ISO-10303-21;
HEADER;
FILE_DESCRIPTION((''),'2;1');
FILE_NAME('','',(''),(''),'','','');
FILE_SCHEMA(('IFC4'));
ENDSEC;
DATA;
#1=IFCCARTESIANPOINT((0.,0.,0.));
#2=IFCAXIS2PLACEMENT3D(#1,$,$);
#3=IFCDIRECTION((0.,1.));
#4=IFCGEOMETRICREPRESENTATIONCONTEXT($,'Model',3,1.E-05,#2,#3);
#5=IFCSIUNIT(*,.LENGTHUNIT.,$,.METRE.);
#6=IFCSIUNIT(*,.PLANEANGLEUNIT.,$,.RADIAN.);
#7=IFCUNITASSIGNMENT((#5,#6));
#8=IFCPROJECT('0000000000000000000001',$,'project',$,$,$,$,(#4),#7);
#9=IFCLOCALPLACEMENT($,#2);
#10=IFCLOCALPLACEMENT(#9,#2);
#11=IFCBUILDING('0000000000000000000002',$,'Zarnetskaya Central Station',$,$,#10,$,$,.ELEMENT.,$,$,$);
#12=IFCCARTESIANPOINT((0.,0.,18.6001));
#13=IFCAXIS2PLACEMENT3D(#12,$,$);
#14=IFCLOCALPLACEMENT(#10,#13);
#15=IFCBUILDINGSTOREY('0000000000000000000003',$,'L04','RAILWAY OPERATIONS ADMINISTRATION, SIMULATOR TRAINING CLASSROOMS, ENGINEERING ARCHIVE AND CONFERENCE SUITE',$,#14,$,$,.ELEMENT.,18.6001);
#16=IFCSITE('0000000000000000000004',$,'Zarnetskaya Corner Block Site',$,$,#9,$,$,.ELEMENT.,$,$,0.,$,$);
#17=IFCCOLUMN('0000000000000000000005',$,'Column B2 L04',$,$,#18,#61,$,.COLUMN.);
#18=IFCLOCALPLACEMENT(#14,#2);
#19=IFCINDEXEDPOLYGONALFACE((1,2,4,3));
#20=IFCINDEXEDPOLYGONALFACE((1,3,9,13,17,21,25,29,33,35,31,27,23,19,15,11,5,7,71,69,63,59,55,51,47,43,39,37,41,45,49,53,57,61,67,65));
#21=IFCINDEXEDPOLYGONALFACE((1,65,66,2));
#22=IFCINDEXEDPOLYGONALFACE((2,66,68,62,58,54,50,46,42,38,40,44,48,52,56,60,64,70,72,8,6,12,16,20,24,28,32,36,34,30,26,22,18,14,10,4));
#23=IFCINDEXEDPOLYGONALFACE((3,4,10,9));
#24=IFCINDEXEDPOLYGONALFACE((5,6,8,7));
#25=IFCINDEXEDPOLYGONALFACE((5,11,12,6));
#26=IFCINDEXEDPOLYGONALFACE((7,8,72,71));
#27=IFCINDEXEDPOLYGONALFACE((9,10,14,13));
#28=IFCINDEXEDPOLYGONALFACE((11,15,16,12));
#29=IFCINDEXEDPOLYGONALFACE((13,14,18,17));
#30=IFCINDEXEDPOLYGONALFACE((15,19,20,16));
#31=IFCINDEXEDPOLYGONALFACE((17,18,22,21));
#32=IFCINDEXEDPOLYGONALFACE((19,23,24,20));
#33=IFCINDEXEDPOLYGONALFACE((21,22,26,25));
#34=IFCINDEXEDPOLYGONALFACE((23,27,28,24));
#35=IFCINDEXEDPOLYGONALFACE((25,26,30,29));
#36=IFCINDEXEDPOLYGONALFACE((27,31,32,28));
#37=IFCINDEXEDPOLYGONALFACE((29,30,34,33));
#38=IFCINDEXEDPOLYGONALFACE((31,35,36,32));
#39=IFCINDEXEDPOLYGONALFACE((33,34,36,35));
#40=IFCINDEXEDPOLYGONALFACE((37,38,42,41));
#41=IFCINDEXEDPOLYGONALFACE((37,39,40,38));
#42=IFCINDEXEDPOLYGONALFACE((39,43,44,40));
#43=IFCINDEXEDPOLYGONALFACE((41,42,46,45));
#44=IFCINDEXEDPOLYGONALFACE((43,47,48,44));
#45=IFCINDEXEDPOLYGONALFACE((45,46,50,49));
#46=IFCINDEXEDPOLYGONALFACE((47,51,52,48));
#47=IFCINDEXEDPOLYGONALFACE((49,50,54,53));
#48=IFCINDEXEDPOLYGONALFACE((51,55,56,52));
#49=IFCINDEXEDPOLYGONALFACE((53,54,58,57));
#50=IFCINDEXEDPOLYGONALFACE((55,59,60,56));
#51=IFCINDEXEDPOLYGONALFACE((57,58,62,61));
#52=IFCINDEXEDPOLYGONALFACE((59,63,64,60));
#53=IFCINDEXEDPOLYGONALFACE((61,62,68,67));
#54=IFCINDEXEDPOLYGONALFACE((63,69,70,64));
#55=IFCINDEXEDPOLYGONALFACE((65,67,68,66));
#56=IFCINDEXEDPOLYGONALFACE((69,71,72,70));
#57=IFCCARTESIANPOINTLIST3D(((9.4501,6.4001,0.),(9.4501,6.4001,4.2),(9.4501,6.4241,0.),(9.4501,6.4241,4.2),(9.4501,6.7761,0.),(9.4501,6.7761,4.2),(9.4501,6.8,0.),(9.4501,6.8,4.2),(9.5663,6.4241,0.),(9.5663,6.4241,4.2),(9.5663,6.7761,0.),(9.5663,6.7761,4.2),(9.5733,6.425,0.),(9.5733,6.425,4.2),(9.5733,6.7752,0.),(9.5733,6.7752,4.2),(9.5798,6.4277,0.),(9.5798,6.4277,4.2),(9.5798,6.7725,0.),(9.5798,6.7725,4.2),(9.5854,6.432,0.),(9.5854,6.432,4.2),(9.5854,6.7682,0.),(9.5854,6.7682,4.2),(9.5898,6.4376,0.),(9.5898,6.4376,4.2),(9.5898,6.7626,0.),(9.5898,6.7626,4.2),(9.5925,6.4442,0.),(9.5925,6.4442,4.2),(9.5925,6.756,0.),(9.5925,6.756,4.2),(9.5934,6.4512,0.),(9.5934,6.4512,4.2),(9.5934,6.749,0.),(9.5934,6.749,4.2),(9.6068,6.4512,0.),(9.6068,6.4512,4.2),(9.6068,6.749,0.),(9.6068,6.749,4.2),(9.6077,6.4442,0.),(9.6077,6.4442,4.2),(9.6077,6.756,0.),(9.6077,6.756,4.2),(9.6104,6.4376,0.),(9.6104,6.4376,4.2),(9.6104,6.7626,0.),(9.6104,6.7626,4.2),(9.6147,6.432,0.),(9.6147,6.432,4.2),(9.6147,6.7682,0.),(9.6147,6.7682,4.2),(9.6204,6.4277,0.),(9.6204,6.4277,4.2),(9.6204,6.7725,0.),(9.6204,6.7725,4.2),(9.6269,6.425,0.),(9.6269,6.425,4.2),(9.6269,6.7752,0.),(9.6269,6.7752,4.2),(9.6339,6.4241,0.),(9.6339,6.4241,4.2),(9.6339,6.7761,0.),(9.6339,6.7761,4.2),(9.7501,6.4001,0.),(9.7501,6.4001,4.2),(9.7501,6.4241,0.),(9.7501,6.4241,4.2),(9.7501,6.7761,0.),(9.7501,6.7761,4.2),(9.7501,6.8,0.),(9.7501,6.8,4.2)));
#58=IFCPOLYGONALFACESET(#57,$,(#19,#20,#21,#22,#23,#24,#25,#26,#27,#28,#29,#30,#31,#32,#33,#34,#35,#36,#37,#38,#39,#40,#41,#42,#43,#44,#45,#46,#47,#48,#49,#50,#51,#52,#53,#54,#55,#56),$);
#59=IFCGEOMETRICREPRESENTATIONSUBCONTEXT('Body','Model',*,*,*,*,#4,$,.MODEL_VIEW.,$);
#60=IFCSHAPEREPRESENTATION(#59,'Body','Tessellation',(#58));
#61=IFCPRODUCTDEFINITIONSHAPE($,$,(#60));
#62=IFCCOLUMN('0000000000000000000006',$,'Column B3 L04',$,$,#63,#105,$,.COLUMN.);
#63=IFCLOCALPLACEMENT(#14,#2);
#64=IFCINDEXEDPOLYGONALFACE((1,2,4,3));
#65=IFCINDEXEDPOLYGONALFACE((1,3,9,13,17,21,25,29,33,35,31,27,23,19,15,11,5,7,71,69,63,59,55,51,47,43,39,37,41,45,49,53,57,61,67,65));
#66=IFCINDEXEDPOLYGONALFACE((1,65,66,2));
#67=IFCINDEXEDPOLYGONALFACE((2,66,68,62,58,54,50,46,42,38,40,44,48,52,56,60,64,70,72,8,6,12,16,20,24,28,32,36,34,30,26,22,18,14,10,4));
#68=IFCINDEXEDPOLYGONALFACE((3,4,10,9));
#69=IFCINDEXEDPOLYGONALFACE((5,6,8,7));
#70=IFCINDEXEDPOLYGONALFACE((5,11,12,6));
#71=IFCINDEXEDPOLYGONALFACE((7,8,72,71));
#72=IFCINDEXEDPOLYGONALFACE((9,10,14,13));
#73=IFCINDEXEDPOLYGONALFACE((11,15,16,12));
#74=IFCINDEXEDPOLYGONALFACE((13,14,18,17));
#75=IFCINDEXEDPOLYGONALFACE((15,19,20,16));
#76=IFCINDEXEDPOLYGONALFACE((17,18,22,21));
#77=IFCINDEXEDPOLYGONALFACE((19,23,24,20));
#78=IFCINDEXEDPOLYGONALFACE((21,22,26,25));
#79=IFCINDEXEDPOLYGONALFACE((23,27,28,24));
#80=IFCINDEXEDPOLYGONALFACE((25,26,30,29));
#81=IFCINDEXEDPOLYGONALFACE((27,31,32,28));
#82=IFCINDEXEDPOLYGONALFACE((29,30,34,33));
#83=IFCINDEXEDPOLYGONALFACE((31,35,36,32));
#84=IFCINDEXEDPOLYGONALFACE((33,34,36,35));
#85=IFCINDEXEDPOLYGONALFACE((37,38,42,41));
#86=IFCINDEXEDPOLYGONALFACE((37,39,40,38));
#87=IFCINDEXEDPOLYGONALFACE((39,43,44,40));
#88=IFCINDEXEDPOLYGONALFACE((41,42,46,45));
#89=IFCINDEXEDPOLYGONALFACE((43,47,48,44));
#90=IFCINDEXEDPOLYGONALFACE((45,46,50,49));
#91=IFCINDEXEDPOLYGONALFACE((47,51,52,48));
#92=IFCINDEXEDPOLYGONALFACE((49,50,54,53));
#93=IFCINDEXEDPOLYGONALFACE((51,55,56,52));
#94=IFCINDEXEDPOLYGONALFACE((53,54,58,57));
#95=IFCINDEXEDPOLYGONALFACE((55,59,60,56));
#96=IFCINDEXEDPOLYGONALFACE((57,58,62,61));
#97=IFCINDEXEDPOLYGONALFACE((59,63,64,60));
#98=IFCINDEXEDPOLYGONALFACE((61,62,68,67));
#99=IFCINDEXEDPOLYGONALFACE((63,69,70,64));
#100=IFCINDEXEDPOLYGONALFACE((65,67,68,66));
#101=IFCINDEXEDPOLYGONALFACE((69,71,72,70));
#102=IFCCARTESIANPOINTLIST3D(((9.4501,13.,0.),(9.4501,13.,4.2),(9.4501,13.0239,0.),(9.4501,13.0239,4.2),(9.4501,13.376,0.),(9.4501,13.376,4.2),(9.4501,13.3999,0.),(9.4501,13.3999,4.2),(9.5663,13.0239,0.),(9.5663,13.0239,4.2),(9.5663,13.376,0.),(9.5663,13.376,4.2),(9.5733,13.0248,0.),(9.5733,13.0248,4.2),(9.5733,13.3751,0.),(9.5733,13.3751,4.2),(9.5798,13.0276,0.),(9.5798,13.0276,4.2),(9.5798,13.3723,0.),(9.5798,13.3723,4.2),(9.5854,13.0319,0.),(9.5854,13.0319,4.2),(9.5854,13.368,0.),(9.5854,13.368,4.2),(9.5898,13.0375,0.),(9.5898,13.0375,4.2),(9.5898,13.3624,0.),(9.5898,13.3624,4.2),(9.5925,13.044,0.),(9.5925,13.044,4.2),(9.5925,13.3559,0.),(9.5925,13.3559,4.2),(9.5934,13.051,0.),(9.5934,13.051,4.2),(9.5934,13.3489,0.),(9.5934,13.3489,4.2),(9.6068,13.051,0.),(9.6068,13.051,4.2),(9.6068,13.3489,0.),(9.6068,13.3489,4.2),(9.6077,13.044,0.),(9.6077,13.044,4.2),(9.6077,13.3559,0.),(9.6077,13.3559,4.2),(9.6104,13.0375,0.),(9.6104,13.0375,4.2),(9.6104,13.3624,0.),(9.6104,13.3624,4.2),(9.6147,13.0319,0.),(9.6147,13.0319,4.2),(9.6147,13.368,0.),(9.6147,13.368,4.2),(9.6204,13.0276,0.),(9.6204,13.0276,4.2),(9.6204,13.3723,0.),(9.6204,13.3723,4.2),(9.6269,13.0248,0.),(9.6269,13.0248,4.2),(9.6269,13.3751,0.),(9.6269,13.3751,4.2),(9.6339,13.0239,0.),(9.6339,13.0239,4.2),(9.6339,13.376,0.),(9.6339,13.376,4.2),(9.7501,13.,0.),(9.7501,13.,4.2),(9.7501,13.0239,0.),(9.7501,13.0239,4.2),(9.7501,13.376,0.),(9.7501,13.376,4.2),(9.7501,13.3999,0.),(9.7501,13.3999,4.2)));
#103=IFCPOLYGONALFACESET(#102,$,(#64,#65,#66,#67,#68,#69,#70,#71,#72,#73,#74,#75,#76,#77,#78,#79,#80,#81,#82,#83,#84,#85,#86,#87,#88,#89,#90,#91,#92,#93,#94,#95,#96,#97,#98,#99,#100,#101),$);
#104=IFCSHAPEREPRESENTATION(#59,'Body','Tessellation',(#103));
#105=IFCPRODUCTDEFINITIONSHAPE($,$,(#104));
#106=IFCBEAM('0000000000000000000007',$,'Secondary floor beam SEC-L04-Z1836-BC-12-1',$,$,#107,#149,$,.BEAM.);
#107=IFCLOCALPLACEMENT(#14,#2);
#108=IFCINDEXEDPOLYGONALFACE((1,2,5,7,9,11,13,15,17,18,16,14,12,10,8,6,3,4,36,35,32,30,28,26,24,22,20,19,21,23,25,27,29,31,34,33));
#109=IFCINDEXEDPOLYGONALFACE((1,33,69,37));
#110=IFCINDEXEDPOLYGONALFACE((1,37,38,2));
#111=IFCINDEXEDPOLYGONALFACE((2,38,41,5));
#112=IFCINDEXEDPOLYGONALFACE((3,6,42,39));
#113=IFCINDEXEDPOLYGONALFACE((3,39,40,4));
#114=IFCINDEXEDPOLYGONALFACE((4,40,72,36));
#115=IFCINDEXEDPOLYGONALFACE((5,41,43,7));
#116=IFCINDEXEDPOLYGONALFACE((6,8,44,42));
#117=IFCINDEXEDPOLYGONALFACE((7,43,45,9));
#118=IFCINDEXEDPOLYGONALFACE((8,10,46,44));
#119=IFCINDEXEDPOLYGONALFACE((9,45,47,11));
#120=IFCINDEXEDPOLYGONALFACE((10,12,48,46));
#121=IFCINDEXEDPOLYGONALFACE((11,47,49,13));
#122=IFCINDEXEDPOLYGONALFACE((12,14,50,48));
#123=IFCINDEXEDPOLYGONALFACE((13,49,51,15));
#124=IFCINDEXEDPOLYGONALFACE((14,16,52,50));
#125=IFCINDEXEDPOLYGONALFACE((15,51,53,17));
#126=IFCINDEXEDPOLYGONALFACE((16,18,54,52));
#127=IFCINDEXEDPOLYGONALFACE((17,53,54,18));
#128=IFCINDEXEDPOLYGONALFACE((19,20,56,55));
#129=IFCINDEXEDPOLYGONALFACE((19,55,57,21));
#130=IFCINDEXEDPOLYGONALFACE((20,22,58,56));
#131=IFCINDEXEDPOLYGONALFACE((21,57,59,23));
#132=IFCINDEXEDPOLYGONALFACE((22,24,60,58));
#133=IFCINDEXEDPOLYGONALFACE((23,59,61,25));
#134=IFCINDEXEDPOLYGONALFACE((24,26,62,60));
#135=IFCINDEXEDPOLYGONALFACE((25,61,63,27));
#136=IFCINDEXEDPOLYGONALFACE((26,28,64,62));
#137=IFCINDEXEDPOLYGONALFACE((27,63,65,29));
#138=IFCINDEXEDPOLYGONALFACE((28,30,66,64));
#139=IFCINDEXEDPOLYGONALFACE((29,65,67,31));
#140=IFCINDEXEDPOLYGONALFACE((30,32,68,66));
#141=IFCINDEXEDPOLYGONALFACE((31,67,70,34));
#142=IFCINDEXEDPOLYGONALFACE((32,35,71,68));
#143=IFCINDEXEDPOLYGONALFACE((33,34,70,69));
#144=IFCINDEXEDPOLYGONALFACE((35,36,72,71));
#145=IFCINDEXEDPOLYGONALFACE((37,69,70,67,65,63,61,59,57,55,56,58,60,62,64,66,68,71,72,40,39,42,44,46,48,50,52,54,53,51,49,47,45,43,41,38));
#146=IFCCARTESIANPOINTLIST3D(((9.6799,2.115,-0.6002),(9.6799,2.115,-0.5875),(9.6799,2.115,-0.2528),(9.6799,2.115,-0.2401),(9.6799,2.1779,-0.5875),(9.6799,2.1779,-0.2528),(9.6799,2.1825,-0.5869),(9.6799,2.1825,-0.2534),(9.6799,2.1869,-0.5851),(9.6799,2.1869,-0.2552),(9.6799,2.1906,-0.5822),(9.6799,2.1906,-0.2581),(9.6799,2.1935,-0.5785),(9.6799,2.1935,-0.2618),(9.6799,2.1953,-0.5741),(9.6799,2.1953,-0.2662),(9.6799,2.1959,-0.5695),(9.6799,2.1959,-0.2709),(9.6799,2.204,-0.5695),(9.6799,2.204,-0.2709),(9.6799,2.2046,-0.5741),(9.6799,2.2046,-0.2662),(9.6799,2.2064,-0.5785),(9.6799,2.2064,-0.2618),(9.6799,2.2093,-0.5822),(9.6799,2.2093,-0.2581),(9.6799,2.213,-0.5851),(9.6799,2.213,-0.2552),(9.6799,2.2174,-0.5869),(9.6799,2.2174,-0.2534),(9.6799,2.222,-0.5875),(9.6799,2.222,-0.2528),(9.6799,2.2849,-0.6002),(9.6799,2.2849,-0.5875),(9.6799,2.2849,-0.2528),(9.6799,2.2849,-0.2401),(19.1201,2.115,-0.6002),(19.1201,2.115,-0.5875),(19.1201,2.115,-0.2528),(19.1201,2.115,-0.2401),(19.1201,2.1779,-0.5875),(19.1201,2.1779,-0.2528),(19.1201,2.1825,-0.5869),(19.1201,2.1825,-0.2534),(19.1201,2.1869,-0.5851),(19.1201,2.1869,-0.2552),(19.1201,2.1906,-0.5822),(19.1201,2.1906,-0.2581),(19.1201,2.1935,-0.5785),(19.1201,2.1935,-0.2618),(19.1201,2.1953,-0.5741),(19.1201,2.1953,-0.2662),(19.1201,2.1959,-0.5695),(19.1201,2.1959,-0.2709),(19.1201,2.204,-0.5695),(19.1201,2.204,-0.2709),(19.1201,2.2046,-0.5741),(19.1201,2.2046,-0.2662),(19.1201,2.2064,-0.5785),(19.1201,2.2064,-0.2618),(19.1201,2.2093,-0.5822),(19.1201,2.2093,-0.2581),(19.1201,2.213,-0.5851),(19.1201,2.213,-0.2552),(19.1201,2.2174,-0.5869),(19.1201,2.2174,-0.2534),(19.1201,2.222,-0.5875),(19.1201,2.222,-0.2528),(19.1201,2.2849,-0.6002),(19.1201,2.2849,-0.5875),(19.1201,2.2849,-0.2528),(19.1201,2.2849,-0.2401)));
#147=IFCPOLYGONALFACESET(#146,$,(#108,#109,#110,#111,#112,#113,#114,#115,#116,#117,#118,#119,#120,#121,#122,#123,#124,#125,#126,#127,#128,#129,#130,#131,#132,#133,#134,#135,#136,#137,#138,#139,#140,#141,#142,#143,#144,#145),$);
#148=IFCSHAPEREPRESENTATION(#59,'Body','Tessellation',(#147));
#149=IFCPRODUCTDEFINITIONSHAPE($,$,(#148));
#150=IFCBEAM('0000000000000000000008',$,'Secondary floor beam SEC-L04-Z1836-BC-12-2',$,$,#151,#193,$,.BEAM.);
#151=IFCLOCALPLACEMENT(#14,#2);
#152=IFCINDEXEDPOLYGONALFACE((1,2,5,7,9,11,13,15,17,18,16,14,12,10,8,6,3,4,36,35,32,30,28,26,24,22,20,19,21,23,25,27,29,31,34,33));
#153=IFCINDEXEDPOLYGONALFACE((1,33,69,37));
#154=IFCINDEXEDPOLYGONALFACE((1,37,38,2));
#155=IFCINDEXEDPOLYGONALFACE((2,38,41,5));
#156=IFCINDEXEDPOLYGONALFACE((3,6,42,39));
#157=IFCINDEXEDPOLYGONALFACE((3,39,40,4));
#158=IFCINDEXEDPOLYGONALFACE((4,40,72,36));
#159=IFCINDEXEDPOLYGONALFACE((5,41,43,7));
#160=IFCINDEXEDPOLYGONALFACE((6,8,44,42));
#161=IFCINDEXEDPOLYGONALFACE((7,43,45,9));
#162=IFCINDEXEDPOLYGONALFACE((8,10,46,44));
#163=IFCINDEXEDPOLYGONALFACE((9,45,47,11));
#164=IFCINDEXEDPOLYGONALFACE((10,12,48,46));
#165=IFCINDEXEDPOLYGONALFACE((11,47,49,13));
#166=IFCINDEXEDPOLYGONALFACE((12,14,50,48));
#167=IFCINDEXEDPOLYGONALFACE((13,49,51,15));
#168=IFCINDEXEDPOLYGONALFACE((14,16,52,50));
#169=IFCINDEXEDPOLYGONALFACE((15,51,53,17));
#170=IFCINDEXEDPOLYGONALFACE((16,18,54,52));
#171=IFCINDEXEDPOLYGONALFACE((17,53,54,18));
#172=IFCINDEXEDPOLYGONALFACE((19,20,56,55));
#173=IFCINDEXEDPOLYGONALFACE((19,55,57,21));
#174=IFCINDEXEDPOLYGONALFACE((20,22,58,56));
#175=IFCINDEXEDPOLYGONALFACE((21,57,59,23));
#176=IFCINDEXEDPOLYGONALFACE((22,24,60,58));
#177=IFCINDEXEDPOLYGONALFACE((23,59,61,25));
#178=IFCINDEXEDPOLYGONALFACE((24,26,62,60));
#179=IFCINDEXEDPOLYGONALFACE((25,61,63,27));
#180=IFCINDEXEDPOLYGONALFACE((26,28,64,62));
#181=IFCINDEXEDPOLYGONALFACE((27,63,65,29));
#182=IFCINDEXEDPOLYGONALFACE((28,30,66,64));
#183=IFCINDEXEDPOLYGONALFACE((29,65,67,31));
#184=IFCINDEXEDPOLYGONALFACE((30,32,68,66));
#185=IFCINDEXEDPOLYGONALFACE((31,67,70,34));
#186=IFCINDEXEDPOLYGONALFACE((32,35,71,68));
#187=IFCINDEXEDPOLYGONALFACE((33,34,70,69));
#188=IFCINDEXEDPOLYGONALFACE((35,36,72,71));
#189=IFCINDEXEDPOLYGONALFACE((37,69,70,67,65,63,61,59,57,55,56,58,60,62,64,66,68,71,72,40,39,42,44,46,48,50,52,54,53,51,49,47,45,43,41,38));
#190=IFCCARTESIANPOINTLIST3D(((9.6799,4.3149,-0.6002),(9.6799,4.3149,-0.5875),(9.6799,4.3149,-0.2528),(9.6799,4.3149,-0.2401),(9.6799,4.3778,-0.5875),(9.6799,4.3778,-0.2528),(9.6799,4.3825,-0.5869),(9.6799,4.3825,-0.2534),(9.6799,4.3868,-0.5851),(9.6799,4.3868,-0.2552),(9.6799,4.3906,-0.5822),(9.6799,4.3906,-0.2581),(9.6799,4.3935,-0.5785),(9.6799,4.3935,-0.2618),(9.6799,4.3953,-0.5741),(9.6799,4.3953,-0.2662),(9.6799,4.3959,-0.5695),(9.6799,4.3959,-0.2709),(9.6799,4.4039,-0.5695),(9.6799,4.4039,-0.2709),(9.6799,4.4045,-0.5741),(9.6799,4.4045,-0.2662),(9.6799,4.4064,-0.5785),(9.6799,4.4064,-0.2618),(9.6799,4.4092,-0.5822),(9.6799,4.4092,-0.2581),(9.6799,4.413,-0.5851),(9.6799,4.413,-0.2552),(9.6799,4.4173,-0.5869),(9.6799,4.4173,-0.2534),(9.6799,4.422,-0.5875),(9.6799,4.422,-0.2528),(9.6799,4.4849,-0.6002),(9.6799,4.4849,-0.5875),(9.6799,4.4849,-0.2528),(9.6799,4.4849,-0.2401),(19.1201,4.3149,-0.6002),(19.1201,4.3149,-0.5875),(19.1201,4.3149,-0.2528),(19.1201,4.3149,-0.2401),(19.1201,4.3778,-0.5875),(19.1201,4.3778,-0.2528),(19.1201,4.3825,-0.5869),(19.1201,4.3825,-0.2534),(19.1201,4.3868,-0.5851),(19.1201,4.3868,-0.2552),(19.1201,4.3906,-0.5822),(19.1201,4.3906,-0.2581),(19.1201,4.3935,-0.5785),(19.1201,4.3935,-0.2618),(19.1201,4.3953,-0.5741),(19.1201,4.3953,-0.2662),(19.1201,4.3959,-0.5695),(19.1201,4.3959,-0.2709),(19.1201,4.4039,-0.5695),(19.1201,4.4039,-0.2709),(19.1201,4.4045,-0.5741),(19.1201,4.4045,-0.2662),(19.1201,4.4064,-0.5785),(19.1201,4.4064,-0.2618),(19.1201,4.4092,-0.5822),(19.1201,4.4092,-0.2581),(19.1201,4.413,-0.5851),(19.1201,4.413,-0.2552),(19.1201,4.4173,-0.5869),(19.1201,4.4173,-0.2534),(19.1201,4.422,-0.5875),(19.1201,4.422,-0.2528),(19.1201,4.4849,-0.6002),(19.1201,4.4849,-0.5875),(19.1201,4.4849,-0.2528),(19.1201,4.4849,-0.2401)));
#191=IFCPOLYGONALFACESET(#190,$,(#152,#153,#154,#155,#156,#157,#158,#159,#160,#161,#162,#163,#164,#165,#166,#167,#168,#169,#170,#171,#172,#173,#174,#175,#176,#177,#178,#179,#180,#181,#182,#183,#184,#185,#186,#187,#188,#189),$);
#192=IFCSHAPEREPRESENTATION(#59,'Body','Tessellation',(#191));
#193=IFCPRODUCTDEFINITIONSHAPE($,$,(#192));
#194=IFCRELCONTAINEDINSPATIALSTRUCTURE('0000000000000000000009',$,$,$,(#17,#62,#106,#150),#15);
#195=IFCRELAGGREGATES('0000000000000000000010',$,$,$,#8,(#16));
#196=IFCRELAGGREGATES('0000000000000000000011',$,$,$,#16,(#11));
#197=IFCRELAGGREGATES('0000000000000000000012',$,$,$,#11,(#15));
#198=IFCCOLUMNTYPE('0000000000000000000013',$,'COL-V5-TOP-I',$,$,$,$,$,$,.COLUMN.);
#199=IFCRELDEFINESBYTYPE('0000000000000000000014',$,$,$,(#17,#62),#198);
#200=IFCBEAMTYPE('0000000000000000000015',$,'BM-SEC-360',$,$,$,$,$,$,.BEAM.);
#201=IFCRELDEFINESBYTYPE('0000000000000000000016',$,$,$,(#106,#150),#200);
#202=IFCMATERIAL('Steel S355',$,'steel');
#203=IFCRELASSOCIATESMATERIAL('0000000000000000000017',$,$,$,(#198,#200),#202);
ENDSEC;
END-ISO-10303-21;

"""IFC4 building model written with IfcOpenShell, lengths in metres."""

from ifc_helpers import new_model, si_unit, direction, frame, origin, origin_2d, place, context, subcontext, project, spatial, i_section, extrude, material, material_profile, profile_set, type_object, element, save


model = new_model("IFC4")

# Units and contexts
model_context = context("Model", 3, precision=1e-05, world=origin(), true_north=direction((0.0, 1.0)))
body_context = subcontext(model_context, "Body", "Model", "MODEL_VIEW")
ifc_project = project(units=[si_unit("LENGTHUNIT", "METRE"), si_unit("PLANEANGLEUNIT", "RADIAN")], contexts=[model_context])

# Site, building, storey
site_placement = place(None, origin())
site = spatial("IfcSite", under=ifc_project, at=site_placement, Name="Zarnetskaya Corner Block Site", CompositionType="ELEMENT", RefElevation=0.0)
building_placement = place(site_placement, origin())
building = spatial("IfcBuilding", under=site, at=building_placement, Name="Zarnetskaya Central Station", CompositionType="ELEMENT")
storey_placement = place(building_placement, frame((0.0, 0.0, 18.6001)))
storey = spatial("IfcBuildingStorey", under=building, at=storey_placement, Name="L04", Description="RAILWAY OPERATIONS ADMINISTRATION, SIMULATOR TRAINING CLASSROOMS, ENGINEERING ARCHIVE AND CONFERENCE SUITE", CompositionType="ELEMENT", Elevation=18.6001)

# Columns
ifc_material_1 = material(Name="Steel S355", Category="steel")
ifc_material_profile_1 = material_profile(ifc_material_1, i_section(OverallWidth=0.3, OverallDepth=0.3999, WebThickness=0.0134, FlangeThickness=0.0239, FilletRadius=0.0271, at=origin_2d()), Name="HEB 400")
ifc_profile_set_1 = profile_set([ifc_material_profile_1], Name="Steel S355")
column_type = type_object("IfcColumnType", Name="COL-V5-TOP-I", PredefinedType="COLUMN", material=ifc_profile_set_1)
for number, where, z_axis, x_axis, name in (
    (1, (9.6001, 6.6001, 0.0), (0.0, 0.0, 1.0), (1.0, 0.0, 0.0), "Column B2 L04"),
    (2, (9.6001, 13.2, 0.0), (0.0, 0.0, 1.0), (1.0, 0.0, 0.0), "Column B3 L04"),
):
    element("IfcColumn", number, at=place(storey_placement, frame(where, z_axis=z_axis, x_axis=x_axis)), inside=storey, type_object=column_type, Name=name, PredefinedType="COLUMN", context=body_context, shape_type="SweptSolid", body=[
        extrude(i_section(OverallWidth=0.3, OverallDepth=0.3999, WebThickness=0.0134, FlangeThickness=0.0239, FilletRadius=0.0271, at=origin_2d()), origin(), (0.0, 0.0, 1.0), 4.2),
    ])

# Beams
ifc_material_profile_2 = material_profile(ifc_material_1, i_section(OverallWidth=0.1699, OverallDepth=0.3601, WebThickness=0.0081, FlangeThickness=0.0127, FilletRadius=0.0181, at=origin_2d()), Name="IPE 360")
ifc_profile_set_2 = profile_set([ifc_material_profile_2], Name="Steel S355")
beam_type_1 = type_object("IfcBeamType", Name="BM-SEC-360", PredefinedType="BEAM", material=ifc_profile_set_2)
for number, where, z_axis, x_axis, name in (
    (3, (9.6799, 2.2, -0.4202), (1.0, 0.0, 0.0), (0.0, 1.0, 0.0), "Secondary floor beam SEC-L04-Z1836-BC-12-1"),
    (4, (9.6799, 4.3999, -0.4202), (1.0, 0.0, 0.0), (0.0, 1.0, 0.0), "Secondary floor beam SEC-L04-Z1836-BC-12-2"),
):
    element("IfcBeam", number, at=place(storey_placement, frame(where, z_axis=z_axis, x_axis=x_axis)), inside=storey, type_object=beam_type_1, Name=name, PredefinedType="BEAM", context=body_context, shape_type="SweptSolid", body=[
        extrude(i_section(OverallWidth=0.1699, OverallDepth=0.3601, WebThickness=0.0081, FlangeThickness=0.0127, FilletRadius=0.0181, at=origin_2d()), origin(), (0.0, 0.0, 1.0), 9.4402),
    ])

save(model, "model.ifc")
